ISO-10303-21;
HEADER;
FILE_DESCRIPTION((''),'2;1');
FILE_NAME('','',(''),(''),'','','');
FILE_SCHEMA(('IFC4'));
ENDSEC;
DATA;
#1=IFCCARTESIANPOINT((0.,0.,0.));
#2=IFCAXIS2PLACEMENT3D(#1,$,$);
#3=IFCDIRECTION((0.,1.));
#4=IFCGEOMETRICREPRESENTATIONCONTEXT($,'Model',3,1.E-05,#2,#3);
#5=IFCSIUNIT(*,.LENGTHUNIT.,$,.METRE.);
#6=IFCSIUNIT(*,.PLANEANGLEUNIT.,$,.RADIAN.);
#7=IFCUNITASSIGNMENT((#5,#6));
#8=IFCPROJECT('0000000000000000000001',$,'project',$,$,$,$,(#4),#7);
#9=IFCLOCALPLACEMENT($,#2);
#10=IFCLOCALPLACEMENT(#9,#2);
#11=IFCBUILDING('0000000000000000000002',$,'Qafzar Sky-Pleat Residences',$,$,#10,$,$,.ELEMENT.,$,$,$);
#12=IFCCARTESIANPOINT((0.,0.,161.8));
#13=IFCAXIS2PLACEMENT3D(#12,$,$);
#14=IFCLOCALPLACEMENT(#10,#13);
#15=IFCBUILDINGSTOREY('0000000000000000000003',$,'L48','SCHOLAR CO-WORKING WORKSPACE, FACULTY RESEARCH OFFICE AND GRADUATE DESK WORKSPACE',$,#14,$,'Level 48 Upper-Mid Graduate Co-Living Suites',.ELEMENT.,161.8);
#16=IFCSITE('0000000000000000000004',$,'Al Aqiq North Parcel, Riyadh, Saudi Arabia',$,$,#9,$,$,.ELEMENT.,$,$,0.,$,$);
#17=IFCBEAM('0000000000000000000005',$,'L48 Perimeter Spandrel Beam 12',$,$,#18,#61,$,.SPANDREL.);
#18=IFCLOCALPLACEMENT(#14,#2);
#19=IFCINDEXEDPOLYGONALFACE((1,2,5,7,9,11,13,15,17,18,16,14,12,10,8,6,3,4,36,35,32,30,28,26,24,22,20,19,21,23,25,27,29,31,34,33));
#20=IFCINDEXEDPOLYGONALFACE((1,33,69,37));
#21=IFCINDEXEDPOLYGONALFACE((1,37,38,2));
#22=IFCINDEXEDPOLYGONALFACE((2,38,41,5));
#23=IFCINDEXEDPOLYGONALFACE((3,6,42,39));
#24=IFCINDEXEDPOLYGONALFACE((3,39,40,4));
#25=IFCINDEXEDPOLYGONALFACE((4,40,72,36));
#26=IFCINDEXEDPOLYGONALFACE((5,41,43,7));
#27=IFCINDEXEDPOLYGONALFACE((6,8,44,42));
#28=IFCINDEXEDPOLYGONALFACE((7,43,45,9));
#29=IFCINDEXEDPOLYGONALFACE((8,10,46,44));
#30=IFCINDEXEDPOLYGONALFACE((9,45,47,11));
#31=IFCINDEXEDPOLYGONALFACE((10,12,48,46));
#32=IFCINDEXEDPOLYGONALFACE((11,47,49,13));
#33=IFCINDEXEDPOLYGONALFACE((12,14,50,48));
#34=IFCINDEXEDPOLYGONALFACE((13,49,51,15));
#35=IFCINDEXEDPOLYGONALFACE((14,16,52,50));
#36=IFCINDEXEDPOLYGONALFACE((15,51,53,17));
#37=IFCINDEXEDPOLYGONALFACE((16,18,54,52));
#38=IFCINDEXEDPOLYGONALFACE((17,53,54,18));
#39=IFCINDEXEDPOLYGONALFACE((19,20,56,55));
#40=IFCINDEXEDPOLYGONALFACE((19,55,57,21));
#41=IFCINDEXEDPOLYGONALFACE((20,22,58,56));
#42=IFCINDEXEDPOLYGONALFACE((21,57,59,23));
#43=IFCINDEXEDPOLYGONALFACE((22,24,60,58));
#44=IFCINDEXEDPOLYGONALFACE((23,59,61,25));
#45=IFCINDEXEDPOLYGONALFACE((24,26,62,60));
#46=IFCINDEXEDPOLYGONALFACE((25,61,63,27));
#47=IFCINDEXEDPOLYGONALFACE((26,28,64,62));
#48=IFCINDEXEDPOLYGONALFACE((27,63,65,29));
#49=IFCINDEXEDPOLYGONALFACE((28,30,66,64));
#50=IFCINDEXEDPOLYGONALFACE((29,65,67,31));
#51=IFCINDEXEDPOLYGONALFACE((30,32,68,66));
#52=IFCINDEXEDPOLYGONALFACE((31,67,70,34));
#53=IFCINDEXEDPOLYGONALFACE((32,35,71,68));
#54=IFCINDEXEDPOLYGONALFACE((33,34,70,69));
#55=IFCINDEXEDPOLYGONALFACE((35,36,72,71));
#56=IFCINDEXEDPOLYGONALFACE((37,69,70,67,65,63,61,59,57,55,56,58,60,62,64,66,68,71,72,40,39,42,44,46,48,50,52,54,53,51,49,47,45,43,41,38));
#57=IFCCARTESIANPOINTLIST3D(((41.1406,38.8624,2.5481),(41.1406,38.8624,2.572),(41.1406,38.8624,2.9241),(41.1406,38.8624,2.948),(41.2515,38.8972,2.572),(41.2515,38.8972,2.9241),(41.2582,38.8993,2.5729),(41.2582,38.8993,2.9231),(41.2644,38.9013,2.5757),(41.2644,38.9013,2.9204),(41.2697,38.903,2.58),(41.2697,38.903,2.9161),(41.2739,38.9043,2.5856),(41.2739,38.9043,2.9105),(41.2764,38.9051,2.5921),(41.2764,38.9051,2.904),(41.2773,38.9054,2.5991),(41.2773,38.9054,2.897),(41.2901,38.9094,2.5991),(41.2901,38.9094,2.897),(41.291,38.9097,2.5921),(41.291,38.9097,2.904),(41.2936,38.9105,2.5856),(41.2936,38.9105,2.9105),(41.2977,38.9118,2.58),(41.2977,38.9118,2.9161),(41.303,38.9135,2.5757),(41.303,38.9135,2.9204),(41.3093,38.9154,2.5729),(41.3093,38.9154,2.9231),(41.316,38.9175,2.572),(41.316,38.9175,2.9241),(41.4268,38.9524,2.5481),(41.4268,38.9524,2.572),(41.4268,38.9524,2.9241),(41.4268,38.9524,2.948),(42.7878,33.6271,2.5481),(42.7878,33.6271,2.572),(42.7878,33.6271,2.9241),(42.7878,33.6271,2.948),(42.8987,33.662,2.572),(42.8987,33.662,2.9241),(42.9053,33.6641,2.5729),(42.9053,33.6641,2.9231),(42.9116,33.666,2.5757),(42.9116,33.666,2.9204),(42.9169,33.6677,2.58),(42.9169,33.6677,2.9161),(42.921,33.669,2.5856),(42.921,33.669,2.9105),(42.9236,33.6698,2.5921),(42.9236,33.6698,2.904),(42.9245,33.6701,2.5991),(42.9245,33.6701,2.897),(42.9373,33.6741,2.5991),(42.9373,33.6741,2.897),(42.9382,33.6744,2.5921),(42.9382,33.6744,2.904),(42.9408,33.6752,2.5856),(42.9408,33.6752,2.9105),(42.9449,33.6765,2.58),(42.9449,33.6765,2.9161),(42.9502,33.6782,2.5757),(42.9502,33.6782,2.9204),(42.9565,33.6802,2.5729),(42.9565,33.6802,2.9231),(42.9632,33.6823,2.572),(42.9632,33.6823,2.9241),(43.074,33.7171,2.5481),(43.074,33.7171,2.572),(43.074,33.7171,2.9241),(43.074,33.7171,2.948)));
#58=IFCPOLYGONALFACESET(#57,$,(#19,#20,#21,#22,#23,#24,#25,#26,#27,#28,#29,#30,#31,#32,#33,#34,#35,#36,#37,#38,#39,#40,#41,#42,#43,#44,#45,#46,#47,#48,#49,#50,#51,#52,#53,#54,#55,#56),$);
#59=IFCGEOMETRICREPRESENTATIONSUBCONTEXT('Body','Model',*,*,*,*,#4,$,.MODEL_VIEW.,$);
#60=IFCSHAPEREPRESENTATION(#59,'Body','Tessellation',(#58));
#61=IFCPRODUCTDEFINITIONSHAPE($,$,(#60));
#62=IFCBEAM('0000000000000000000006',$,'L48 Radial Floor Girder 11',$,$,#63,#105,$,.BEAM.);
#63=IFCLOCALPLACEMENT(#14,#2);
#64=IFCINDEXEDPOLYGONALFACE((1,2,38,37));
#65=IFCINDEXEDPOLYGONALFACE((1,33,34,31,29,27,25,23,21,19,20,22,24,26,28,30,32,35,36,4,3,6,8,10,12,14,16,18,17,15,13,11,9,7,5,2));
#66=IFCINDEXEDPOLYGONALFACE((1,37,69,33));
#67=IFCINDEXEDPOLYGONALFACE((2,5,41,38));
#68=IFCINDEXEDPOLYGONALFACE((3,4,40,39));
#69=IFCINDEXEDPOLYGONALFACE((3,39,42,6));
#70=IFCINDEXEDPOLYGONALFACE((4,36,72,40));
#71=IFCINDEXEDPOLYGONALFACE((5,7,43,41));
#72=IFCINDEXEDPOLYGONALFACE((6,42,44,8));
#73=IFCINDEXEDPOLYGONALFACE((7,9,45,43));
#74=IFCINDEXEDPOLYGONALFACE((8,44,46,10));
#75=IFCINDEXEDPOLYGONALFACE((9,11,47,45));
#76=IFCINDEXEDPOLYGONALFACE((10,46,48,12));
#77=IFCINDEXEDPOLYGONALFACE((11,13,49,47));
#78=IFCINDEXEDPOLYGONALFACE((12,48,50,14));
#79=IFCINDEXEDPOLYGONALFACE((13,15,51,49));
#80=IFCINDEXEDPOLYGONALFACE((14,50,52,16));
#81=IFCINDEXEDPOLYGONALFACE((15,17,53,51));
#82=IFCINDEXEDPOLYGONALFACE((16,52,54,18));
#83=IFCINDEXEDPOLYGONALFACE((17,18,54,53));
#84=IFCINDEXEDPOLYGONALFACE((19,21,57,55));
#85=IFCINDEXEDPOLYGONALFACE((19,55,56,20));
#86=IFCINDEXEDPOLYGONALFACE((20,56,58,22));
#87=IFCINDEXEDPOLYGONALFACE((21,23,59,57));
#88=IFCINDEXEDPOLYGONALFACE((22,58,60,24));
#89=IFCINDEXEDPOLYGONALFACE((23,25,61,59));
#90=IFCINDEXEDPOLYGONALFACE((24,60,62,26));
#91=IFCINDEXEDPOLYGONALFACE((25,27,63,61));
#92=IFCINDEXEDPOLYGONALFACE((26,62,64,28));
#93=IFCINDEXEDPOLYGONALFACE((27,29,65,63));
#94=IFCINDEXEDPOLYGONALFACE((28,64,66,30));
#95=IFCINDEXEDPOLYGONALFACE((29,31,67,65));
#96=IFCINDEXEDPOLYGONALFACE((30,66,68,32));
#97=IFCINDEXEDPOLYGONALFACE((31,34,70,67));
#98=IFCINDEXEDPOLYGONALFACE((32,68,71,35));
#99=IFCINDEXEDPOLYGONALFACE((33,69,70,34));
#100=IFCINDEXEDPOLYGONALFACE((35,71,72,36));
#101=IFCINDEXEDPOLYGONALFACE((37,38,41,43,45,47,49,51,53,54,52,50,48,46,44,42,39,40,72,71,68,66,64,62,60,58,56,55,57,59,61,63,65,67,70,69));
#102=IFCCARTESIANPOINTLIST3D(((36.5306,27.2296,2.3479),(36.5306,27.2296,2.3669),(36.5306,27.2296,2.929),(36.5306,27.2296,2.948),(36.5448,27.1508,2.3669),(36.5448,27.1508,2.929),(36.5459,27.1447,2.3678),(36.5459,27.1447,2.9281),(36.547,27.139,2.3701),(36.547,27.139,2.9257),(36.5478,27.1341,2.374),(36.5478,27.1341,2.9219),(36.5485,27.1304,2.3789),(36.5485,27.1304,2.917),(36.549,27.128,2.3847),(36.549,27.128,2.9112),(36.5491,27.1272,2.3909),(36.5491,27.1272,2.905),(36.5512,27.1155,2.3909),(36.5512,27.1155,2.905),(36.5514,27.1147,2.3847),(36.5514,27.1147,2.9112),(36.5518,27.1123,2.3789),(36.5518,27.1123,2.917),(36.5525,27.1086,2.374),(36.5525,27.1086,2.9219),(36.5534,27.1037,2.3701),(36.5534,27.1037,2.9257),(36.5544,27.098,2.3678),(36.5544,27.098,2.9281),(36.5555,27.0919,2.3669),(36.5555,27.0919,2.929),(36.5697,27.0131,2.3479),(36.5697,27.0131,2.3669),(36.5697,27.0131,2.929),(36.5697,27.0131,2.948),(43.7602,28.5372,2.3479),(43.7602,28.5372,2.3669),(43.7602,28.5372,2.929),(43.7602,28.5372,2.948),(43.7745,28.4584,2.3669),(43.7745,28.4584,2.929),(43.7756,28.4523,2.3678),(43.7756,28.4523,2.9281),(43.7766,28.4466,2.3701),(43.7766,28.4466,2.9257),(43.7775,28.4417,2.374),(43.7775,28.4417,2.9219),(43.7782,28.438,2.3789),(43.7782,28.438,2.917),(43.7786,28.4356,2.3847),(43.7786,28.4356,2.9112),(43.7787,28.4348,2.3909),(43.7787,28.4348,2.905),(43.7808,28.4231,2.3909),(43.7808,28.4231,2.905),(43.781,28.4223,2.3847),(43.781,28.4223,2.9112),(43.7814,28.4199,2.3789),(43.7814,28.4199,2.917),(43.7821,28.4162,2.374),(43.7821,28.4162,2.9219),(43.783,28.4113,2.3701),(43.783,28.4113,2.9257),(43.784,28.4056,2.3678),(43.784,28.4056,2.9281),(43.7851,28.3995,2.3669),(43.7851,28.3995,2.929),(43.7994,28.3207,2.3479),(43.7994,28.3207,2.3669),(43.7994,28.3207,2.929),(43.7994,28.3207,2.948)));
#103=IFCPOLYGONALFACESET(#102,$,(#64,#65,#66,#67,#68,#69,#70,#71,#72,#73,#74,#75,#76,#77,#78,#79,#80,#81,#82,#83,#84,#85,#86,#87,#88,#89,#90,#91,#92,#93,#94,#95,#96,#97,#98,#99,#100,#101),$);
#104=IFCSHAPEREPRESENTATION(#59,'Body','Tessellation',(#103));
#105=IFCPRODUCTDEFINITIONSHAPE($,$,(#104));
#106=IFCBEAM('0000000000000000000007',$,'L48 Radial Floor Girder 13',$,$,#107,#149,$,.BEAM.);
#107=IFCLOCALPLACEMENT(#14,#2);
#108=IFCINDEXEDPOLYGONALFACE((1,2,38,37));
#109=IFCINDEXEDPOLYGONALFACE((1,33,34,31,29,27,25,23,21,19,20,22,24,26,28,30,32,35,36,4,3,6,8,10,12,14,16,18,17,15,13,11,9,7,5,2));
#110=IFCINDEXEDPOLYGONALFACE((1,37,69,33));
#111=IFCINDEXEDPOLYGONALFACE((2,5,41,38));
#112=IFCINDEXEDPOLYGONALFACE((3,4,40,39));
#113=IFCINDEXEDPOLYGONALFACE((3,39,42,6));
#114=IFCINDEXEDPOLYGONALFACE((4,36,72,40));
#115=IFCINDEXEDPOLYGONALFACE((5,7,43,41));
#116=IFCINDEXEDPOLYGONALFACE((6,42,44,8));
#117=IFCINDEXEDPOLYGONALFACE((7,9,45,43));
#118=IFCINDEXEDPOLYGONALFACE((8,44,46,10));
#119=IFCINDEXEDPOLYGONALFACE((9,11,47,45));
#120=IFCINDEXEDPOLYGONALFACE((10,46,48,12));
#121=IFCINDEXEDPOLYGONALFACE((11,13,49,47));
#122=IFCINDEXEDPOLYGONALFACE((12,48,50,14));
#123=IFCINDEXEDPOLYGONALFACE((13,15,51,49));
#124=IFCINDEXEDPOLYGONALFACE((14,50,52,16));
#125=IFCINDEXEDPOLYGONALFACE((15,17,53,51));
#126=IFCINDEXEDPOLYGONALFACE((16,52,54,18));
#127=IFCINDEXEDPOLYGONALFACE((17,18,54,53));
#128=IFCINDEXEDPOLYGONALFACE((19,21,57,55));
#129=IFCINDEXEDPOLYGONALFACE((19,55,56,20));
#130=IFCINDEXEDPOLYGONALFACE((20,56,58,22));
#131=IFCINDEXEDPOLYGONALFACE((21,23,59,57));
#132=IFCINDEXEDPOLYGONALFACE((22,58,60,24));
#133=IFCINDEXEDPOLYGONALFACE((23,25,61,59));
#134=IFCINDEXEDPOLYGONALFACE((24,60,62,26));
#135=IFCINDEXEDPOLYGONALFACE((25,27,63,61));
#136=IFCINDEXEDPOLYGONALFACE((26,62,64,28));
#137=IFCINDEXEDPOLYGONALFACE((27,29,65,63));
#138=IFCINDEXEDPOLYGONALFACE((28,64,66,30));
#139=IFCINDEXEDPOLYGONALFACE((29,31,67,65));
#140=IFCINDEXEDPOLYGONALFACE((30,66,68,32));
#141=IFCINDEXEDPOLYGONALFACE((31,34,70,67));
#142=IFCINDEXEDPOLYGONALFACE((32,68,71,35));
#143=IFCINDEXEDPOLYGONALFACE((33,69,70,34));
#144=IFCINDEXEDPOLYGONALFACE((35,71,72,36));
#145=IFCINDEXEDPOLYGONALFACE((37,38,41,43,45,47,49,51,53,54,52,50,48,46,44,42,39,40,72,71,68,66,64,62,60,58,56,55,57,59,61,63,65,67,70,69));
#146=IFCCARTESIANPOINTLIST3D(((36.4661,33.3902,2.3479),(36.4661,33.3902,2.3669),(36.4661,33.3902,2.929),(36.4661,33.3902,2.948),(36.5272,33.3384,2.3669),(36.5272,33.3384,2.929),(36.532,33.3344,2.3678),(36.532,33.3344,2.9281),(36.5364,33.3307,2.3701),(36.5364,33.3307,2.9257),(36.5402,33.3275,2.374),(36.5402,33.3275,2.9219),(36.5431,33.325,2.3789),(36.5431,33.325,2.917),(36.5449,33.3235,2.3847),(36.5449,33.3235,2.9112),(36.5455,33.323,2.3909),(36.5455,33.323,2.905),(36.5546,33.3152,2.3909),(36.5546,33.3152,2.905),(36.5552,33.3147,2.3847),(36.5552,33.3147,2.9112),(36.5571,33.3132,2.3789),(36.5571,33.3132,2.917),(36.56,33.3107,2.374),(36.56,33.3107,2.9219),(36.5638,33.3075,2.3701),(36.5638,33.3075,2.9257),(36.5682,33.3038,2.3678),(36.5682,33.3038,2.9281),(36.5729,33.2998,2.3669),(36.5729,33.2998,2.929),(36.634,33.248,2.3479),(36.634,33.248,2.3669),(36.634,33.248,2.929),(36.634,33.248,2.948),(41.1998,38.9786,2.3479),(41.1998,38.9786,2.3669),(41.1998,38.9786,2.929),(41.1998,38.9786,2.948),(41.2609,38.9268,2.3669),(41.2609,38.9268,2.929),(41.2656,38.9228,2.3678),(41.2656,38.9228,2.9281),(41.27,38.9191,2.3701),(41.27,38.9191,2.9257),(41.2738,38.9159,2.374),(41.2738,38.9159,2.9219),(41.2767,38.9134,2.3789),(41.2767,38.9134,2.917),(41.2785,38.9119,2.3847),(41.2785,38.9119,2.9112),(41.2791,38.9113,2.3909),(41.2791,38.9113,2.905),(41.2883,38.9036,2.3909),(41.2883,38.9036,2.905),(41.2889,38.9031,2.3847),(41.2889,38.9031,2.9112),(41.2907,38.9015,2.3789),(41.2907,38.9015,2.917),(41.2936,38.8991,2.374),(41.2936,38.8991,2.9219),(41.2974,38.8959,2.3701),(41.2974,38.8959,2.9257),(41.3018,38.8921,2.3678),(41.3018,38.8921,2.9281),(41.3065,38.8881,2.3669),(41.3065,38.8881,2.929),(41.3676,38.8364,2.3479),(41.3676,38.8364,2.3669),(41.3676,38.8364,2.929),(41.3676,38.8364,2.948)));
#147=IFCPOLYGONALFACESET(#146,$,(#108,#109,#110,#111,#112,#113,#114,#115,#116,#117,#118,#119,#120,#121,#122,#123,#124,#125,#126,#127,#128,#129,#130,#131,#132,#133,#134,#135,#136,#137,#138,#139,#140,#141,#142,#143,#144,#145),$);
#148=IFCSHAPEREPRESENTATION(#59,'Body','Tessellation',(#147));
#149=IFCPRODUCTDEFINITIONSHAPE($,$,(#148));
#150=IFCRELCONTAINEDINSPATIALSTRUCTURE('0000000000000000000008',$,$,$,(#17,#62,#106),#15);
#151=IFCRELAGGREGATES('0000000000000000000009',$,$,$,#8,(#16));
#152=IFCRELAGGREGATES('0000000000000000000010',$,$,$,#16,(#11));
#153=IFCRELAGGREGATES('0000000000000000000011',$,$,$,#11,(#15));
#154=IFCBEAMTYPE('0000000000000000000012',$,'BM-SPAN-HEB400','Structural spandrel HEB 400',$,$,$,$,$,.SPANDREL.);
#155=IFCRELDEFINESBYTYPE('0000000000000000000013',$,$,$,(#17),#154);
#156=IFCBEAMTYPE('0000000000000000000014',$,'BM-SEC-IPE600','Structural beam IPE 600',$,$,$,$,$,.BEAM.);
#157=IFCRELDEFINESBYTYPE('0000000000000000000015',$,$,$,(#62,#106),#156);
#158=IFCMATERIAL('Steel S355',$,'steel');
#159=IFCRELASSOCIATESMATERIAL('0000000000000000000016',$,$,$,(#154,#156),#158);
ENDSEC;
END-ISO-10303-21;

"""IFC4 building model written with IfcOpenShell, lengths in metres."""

from ifc_helpers import new_model, si_unit, direction, frame, origin, origin_2d, place, context, subcontext, project, spatial, i_section, extrude, source, transform, mapped, material, material_profile, profile_set, type_object, element, save


model = new_model("IFC4")

# Units and contexts
model_context = context("Model", 3, precision=1e-05, world=origin(), true_north=direction((0.0, 1.0)))
body_context = subcontext(model_context, "Body", "Model", "MODEL_VIEW")
ifc_project = project(units=[si_unit("LENGTHUNIT", "METRE"), si_unit("PLANEANGLEUNIT", "RADIAN")], contexts=[model_context])

# Site, building, storey
site_placement = place(None, origin())
site = spatial("IfcSite", under=ifc_project, at=site_placement, Name="Al Aqiq North Parcel, Riyadh, Saudi Arabia", CompositionType="ELEMENT", RefElevation=0.0)
building_placement = place(site_placement, origin())
building = spatial("IfcBuilding", under=site, at=building_placement, Name="Qafzar Sky-Pleat Residences", CompositionType="ELEMENT")
storey_placement = place(building_placement, frame((0.0, 0.0, 161.8)))
storey = spatial("IfcBuildingStorey", under=building, at=storey_placement, Name="L48", Description="SCHOLAR CO-WORKING WORKSPACE, FACULTY RESEARCH OFFICE AND GRADUATE DESK WORKSPACE", LongName="Level 48 Upper-Mid Graduate Co-Living Suites", CompositionType="ELEMENT", Elevation=161.8)

# Shared definitions
ifc_material_1 = material(Name="Steel S355", Category="steel")

# Beams
ifc_material_profile_1 = material_profile(ifc_material_1, i_section(OverallWidth=0.3, OverallDepth=0.3999, WebThickness=0.0134, FlangeThickness=0.0239, FilletRadius=0.0271, at=origin_2d()), Name="HEB 400")
ifc_profile_set_1 = profile_set([ifc_material_profile_1], Name="Steel S355")
beam_type_1 = type_object("IfcBeamType", Name="BM-SPAN-HEB400", Description="Structural spandrel HEB 400", PredefinedType="SPANDREL", material=ifc_profile_set_1)
shared_shape_1 = source(origin(), body_context, "Body", "SweptSolid", [
    extrude(i_section(OverallWidth=0.3, OverallDepth=0.3999, WebThickness=0.0134, FlangeThickness=0.0239, FilletRadius=0.0271, at=origin_2d()), origin(), (0.0, 0.0, 1.0), 5.4883),
])
beam_1_placement = place(storey_placement, frame((42.9309, 33.6721, 2.748), z_axis=(-0.300128, 0.953899, 0.0), x_axis=(-0.953899, -0.300128, 0.0)))
element("IfcBeam", 1, at=beam_1_placement, inside=storey, type_object=beam_type_1, Name="L48 Perimeter Spandrel Beam 12", PredefinedType="SPANDREL", context=body_context, shape_type="MappedRepresentation", body=[
    mapped(shared_shape_1, transform((0.0, 0.0, 0.0), x_axis=(1.0, 0.0, 0.0), y_axis=(0.0, 1.0, 0.0), z_axis=(0.0, 0.0, 1.0), scale=1.0)),
])
ifc_material_profile_2 = material_profile(ifc_material_1, i_section(OverallWidth=0.22, OverallDepth=0.6001, WebThickness=0.012, FlangeThickness=0.019, FilletRadius=0.0239, at=origin_2d()), Name="IPE 600")
ifc_profile_set_2 = profile_set([ifc_material_profile_2], Name="Steel S355")
beam_type_2 = type_object("IfcBeamType", Name="BM-SEC-IPE600", Description="Structural beam IPE 600", PredefinedType="BEAM", material=ifc_profile_set_2)
shared_shape_2 = source(origin(), body_context, "Body", "SweptSolid", [
    extrude(i_section(OverallWidth=0.22, OverallDepth=0.6001, WebThickness=0.012, FlangeThickness=0.019, FilletRadius=0.0239, at=origin_2d()), origin(), (0.0, 0.0, 1.0), 7.3469),
])
beam_2_placement = place(storey_placement, frame((43.7798, 28.429, 2.6479), z_axis=(-0.984034, -0.177979, 0.0), x_axis=(0.177979, -0.984034, 0.0)))
element("IfcBeam", 2, at=beam_2_placement, inside=storey, type_object=beam_type_2, Name="L48 Radial Floor Girder 11", PredefinedType="BEAM", context=body_context, shape_type="MappedRepresentation", body=[
    mapped(shared_shape_2, transform((0.0, 0.0, 0.0), x_axis=(1.0, 0.0, 0.0), y_axis=(0.0, 1.0, 0.0), z_axis=(0.0, 0.0, 1.0), scale=1.0)),
])
shared_shape_3 = source(origin(), body_context, "Body", "SweptSolid", [
    extrude(i_section(OverallWidth=0.22, OverallDepth=0.6001, WebThickness=0.012, FlangeThickness=0.019, FilletRadius=0.0239, at=origin_2d()), origin(), (0.0, 0.0, 1.0), 7.3237),
])
beam_3_placement = place(storey_placement, frame((41.2837, 38.9075, 2.6479), z_axis=(-0.646341, -0.763049, 0.0), x_axis=(0.763049, -0.646341, 0.0)))
element("IfcBeam", 3, at=beam_3_placement, inside=storey, type_object=beam_type_2, Name="L48 Radial Floor Girder 13", PredefinedType="BEAM", context=body_context, shape_type="MappedRepresentation", body=[
    mapped(shared_shape_3, transform((0.0, 0.0, 0.0), x_axis=(1.0, 0.0, 0.0), y_axis=(0.0, 1.0, 0.0), z_axis=(0.0, 0.0, 1.0), scale=1.0)),
])

save(model, "model.ifc")
